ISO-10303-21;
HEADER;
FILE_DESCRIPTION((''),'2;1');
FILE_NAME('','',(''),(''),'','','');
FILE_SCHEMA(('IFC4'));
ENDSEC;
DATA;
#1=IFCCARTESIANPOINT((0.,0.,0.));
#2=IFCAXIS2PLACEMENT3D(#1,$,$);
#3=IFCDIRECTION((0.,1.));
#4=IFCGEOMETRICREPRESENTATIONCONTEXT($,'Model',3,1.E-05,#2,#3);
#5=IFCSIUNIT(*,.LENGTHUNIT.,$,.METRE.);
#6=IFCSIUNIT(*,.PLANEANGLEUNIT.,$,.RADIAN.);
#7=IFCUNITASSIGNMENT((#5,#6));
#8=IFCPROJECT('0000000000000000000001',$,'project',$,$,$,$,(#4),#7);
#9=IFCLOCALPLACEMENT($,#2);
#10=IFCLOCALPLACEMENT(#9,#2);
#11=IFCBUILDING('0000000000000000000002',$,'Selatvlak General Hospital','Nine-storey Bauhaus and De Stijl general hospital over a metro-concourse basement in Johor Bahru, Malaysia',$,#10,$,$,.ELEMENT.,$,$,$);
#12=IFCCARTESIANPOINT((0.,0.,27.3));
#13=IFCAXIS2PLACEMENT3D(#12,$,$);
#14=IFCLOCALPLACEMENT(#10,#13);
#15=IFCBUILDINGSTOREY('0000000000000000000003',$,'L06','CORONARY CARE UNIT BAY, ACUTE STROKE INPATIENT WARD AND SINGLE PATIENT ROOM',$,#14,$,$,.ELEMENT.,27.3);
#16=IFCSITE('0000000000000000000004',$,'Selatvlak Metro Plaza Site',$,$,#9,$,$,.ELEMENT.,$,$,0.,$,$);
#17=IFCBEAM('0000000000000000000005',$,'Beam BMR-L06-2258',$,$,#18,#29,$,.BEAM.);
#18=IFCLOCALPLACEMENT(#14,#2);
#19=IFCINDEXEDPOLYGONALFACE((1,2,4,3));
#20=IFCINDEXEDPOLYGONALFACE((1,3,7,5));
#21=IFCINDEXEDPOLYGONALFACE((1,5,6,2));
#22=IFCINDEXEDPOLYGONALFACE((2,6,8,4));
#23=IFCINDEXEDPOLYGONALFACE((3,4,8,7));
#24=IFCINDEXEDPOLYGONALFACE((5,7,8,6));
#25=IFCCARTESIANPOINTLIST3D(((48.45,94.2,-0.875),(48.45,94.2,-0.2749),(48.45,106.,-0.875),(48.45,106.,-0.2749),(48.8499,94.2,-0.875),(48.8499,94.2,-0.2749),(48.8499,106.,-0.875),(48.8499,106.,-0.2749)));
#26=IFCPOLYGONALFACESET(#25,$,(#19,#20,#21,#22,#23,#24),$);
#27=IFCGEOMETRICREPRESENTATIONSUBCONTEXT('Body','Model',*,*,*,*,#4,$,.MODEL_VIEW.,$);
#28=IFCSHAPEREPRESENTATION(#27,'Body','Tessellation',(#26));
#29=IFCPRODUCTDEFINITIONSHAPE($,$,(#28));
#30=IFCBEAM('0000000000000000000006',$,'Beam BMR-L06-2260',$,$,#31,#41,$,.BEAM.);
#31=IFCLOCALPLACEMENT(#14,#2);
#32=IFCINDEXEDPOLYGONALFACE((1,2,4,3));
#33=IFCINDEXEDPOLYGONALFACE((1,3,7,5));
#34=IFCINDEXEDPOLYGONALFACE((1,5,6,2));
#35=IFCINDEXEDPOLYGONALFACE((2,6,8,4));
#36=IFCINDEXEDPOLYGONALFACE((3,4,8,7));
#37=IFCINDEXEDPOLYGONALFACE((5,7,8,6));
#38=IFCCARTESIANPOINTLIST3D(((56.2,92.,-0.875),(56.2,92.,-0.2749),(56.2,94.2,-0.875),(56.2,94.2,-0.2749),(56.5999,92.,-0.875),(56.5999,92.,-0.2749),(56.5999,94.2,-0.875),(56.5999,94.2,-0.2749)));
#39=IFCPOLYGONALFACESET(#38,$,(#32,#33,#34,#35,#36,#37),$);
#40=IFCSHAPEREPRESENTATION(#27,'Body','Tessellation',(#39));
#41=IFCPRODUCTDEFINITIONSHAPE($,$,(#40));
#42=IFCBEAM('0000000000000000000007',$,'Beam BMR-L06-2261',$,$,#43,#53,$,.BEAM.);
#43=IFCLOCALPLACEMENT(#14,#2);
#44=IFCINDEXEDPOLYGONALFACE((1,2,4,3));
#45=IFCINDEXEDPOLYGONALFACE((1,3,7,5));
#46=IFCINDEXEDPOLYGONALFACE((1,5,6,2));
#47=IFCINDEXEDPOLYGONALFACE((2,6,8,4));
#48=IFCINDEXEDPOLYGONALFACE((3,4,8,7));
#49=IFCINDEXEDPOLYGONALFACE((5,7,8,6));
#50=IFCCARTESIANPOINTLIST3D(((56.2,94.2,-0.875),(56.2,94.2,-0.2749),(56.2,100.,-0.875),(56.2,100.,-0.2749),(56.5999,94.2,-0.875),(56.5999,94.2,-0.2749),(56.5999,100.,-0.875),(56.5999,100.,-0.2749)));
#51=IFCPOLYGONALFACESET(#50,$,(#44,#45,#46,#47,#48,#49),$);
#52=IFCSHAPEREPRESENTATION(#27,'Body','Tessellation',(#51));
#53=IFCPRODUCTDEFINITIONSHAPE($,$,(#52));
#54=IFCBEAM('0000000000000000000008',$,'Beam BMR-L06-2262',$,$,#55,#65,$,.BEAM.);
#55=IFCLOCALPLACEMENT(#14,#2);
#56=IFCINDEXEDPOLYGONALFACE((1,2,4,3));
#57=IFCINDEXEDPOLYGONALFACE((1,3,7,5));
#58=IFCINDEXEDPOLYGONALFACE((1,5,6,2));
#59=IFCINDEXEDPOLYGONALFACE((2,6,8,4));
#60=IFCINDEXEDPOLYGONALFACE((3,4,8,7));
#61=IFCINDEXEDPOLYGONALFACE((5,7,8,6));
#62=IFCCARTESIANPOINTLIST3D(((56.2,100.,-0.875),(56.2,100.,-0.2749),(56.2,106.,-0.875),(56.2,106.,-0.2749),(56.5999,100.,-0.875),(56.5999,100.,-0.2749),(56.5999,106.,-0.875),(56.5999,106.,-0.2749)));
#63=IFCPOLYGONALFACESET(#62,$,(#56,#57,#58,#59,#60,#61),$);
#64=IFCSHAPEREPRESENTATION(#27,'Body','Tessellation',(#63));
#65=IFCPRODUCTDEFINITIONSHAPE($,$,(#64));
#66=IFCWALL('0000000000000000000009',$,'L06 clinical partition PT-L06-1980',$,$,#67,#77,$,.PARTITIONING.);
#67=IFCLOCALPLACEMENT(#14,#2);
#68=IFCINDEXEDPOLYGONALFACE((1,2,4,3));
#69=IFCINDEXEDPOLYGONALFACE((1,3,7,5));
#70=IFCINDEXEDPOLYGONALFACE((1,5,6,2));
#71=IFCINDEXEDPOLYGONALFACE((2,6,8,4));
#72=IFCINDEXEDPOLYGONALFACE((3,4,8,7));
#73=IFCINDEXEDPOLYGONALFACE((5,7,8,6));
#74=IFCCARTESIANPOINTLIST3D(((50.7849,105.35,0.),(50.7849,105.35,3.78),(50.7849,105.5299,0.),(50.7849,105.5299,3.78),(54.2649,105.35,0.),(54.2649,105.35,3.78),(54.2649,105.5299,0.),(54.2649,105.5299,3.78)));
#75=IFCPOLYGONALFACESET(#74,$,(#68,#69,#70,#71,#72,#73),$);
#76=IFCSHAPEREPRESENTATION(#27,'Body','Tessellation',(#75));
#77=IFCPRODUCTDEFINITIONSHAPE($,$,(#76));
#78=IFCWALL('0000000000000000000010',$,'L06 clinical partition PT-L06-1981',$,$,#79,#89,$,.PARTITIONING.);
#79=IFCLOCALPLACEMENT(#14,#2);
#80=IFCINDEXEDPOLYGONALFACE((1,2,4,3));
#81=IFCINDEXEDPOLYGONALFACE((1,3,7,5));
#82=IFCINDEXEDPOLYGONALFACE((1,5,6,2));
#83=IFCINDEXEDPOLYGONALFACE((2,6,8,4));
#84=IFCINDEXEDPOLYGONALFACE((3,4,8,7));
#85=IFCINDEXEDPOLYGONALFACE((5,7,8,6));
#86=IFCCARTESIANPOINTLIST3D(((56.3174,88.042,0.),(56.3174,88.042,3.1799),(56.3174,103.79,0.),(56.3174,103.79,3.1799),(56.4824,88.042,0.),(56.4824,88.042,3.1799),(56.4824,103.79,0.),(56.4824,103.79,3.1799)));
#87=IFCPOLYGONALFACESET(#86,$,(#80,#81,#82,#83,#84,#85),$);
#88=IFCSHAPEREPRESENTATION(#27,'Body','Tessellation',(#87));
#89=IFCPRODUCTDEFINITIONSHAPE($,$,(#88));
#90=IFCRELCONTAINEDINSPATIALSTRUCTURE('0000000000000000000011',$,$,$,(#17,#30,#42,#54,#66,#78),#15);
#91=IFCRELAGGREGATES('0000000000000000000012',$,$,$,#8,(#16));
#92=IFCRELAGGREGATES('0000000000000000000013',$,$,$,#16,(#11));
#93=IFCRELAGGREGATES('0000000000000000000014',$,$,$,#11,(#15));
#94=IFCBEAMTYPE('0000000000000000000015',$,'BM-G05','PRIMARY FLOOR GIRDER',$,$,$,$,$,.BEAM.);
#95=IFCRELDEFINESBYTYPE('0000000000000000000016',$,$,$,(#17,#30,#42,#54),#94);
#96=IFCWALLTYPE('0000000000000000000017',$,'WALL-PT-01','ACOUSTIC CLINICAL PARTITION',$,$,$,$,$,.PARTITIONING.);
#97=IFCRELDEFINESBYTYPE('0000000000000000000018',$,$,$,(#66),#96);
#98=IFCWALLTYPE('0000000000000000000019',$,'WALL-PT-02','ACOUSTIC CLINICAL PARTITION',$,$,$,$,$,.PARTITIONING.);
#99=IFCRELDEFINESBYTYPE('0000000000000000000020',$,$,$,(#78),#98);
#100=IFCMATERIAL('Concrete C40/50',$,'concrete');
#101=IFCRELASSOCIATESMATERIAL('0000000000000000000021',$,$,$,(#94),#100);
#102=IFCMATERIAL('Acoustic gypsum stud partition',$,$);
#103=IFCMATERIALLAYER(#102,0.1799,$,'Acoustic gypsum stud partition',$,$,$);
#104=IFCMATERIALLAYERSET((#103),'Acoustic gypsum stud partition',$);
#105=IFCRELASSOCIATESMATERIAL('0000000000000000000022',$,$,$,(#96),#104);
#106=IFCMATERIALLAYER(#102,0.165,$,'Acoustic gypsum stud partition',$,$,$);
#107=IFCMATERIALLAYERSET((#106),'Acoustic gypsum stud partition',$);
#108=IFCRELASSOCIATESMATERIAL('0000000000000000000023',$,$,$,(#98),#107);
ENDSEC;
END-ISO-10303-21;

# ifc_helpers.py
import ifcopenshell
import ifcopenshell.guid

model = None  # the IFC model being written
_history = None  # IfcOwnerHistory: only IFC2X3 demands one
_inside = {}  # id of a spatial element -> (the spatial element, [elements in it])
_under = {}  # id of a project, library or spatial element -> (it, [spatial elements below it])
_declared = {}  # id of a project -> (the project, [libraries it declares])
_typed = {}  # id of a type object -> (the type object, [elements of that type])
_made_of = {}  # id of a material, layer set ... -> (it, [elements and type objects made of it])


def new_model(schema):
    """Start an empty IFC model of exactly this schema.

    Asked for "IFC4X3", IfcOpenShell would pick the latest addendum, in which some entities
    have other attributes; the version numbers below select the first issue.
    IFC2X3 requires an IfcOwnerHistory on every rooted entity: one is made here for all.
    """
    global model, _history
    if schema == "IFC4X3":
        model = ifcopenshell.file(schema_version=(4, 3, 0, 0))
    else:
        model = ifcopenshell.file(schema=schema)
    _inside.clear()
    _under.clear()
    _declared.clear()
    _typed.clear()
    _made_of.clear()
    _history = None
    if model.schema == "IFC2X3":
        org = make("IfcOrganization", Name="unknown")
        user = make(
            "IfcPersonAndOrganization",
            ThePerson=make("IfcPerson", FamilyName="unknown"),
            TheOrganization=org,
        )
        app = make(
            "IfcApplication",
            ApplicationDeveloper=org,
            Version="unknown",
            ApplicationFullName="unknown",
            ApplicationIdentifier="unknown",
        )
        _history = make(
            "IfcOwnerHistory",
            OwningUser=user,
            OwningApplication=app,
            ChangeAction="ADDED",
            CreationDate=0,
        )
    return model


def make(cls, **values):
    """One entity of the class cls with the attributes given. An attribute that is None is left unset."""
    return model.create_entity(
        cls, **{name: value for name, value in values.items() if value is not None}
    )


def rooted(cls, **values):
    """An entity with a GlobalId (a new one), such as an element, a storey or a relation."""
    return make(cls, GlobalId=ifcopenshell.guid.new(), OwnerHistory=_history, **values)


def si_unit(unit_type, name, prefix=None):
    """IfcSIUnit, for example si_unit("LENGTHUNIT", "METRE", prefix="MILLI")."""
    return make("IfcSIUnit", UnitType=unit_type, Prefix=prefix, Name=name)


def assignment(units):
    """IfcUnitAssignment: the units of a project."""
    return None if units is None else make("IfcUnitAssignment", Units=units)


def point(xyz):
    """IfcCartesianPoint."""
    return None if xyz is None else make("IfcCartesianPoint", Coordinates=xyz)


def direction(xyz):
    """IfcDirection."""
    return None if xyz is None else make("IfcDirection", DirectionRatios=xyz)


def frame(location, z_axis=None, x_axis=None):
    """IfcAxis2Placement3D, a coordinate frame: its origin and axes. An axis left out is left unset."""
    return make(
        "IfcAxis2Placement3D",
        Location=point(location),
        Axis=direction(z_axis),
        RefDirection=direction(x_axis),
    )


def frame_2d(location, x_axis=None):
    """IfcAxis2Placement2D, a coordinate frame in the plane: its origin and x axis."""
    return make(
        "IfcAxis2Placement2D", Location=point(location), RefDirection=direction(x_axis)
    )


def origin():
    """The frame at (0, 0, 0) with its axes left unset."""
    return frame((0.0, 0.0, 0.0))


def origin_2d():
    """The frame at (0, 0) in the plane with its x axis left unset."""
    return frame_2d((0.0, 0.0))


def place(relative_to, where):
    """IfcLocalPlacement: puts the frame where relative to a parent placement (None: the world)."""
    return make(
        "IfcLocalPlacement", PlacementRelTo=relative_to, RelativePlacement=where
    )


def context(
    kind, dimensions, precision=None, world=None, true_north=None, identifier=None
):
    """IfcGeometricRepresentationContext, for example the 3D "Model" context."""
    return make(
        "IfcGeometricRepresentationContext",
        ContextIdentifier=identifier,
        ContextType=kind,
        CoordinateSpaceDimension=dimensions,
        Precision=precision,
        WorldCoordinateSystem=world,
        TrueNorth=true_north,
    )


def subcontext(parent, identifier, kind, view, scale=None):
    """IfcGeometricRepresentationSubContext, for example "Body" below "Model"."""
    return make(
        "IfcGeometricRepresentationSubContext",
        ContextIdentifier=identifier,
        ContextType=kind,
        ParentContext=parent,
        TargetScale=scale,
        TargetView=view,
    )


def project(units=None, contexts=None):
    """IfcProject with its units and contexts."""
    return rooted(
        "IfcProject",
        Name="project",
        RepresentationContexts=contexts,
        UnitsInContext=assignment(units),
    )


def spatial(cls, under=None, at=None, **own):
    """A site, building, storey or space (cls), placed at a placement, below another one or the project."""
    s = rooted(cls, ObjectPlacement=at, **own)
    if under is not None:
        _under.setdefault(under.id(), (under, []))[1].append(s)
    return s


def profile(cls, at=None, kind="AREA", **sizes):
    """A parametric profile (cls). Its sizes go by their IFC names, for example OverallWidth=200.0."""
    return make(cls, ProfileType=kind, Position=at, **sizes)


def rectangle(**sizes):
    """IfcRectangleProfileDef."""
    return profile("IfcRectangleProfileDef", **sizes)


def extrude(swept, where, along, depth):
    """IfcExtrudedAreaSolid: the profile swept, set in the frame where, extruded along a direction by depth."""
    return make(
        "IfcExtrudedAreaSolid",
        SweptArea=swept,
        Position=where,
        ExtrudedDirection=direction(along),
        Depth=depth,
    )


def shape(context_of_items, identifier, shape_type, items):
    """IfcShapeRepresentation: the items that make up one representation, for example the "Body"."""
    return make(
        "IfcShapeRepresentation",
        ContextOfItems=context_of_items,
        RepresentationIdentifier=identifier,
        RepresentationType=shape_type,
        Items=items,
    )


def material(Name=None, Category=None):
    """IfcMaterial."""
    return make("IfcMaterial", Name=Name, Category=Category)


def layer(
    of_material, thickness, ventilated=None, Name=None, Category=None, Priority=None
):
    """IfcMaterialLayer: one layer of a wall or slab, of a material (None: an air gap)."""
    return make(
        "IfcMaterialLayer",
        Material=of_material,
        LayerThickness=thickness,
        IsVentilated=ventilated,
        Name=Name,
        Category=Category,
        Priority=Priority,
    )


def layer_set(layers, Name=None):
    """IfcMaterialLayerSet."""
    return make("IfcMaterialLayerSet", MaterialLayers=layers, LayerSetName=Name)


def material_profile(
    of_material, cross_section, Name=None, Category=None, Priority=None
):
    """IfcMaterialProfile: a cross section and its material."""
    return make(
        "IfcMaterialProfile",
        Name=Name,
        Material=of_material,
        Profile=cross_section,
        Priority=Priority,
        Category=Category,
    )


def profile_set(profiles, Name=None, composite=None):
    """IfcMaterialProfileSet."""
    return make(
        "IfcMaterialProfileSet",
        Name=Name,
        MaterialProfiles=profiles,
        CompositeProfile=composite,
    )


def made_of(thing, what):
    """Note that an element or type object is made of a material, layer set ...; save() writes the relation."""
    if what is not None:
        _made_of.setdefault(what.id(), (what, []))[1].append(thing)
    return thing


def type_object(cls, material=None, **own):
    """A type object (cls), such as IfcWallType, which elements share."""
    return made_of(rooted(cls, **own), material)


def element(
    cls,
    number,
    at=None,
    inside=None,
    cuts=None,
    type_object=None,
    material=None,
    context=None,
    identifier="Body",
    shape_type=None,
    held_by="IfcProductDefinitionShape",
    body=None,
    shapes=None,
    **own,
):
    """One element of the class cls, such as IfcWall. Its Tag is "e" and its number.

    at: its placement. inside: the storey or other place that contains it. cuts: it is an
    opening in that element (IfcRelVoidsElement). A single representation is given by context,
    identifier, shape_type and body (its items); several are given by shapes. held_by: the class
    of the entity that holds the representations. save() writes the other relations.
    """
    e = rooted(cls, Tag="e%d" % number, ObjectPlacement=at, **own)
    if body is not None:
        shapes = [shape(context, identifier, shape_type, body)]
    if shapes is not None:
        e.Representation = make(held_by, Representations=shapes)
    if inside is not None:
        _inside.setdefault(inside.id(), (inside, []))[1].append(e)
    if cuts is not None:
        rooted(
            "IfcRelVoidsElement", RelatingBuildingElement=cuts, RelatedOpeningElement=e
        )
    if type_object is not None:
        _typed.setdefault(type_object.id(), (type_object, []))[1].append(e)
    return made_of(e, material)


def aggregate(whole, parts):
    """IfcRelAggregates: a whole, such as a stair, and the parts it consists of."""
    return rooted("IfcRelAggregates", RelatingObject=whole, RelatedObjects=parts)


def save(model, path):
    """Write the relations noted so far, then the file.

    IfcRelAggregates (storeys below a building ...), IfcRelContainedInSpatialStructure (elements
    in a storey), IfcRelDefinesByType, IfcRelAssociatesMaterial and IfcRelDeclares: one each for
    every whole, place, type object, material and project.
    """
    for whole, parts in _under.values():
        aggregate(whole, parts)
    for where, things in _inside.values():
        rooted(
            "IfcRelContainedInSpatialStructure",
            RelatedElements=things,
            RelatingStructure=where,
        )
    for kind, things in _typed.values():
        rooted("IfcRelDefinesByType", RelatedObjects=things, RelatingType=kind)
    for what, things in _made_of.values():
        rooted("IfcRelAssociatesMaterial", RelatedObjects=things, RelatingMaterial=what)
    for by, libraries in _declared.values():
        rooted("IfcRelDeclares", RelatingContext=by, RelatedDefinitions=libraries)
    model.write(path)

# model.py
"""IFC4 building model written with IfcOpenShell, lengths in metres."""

from ifc_helpers import new_model, si_unit, direction, frame, frame_2d, origin, origin_2d, place, context, subcontext, project, spatial, rectangle, extrude, material, layer, layer_set, material_profile, profile_set, type_object, element, save


model = new_model("IFC4")

# Units and contexts
model_context = context("Model", 3, precision=1e-05, world=origin(), true_north=direction((0.0, 1.0)))
body_context = subcontext(model_context, "Body", "Model", "MODEL_VIEW")
ifc_project = project(units=[si_unit("LENGTHUNIT", "METRE"), si_unit("PLANEANGLEUNIT", "RADIAN")], contexts=[model_context])

# Site, building, storey
site_placement = place(None, origin())
site = spatial("IfcSite", under=ifc_project, at=site_placement, Name="Selatvlak Metro Plaza Site", CompositionType="ELEMENT", RefElevation=0.0)
building_placement = place(site_placement, origin())
building = spatial("IfcBuilding", under=site, at=building_placement, Name="Selatvlak General Hospital", Description="Nine-storey Bauhaus and De Stijl general hospital over a metro-concourse basement in Johor Bahru, Malaysia", CompositionType="ELEMENT")
storey_placement = place(building_placement, frame((0.0, 0.0, 27.3)))
storey = spatial("IfcBuildingStorey", under=building, at=storey_placement, Name="L06", Description="CORONARY CARE UNIT BAY, ACUTE STROKE INPATIENT WARD AND SINGLE PATIENT ROOM", CompositionType="ELEMENT", Elevation=27.3)

# Shared definitions
ifc_material_1 = material(Name="Concrete C40/50", Category="concrete")

# Beams
ifc_material_profile_1 = material_profile(ifc_material_1, rectangle(XDim=0.3999, YDim=0.6001, at=origin_2d()), Name="RC-BM 400x600")
ifc_profile_set_1 = profile_set([ifc_material_profile_1], Name="Concrete C40/50")
beam_type_1 = type_object("IfcBeamType", Name="BM-G05", Description="PRIMARY FLOOR GIRDER", PredefinedType="BEAM", material=ifc_profile_set_1)
beam_1_placement = place(storey_placement, frame((48.6499, 94.2, -0.575), z_axis=(0.0, 1.0, 0.0), x_axis=(-1.0, 0.0, 0.0)))
element("IfcBeam", 1, at=beam_1_placement, inside=storey, type_object=beam_type_1, Name="Beam BMR-L06-2258", PredefinedType="BEAM", context=body_context, shape_type="SweptSolid", body=[
    extrude(rectangle(XDim=0.3999, YDim=0.6001, at=origin_2d()), origin(), (0.0, 0.0, 1.0), 11.8),
])
beam_2_placement = place(storey_placement, frame((56.3999, 92.0, -0.575), z_axis=(0.0, 1.0, 0.0), x_axis=(-1.0, 0.0, 0.0)))
element("IfcBeam", 2, at=beam_2_placement, inside=storey, type_object=beam_type_1, Name="Beam BMR-L06-2260", PredefinedType="BEAM", context=body_context, shape_type="SweptSolid", body=[
    extrude(rectangle(XDim=0.3999, YDim=0.6001, at=origin_2d()), origin(), (0.0, 0.0, 1.0), 2.2),
])
beam_3_placement = place(storey_placement, frame((56.3999, 94.2, -0.575), z_axis=(0.0, 1.0, 0.0), x_axis=(-1.0, 0.0, 0.0)))
element("IfcBeam", 3, at=beam_3_placement, inside=storey, type_object=beam_type_1, Name="Beam BMR-L06-2261", PredefinedType="BEAM", context=body_context, shape_type="SweptSolid", body=[
    extrude(rectangle(XDim=0.3999, YDim=0.6001, at=origin_2d()), origin(), (0.0, 0.0, 1.0), 5.8),
])
beam_4_placement = place(storey_placement, frame((56.3999, 100.0, -0.575), z_axis=(0.0, 1.0, 0.0), x_axis=(-1.0, 0.0, 0.0)))
element("IfcBeam", 4, at=beam_4_placement, inside=storey, type_object=beam_type_1, Name="Beam BMR-L06-2262", PredefinedType="BEAM", context=body_context, shape_type="SweptSolid", body=[
    extrude(rectangle(XDim=0.3999, YDim=0.6001, at=origin_2d()), origin(), (0.0, 0.0, 1.0), 6.0),
])

# Walls
ifc_material_2 = material(Name="Acoustic gypsum stud partition")
ifc_layer_1 = layer(ifc_material_2, 0.1799, Name="Acoustic gypsum stud partition")
ifc_layer_set_1 = layer_set([ifc_layer_1], Name="Acoustic gypsum stud partition")
wall_type_1 = type_object("IfcWallType", Name="WALL-PT-01", Description="ACOUSTIC CLINICAL PARTITION", PredefinedType="PARTITIONING", material=ifc_layer_set_1)
wall_1_placement = place(storey_placement, frame((50.7849, 105.4399, 0.0), z_axis=(0.0, 0.0, 1.0), x_axis=(1.0, 0.0, 0.0)))
element("IfcWall", 5, at=wall_1_placement, inside=storey, type_object=wall_type_1, Name="L06 clinical partition PT-L06-1980", PredefinedType="PARTITIONING", context=body_context, shape_type="SweptSolid", body=[
    extrude(rectangle(XDim=3.48, YDim=0.1799, at=frame_2d((1.74, 0.0))), origin(), (0.0, 0.0, 1.0), 3.78),
])
ifc_layer_2 = layer(ifc_material_2, 0.165, Name="Acoustic gypsum stud partition")
ifc_layer_set_2 = layer_set([ifc_layer_2], Name="Acoustic gypsum stud partition")
wall_type_2 = type_object("IfcWallType", Name="WALL-PT-02", Description="ACOUSTIC CLINICAL PARTITION", PredefinedType="PARTITIONING", material=ifc_layer_set_2)
wall_2_placement = place(storey_placement, frame((56.3999, 103.79, 0.0), z_axis=(0.0, 0.0, 1.0), x_axis=(0.0, -1.0, 0.0)))
element("IfcWall", 6, at=wall_2_placement, inside=storey, type_object=wall_type_2, Name="L06 clinical partition PT-L06-1981", PredefinedType="PARTITIONING", context=body_context, shape_type="SweptSolid", body=[
    extrude(rectangle(XDim=15.748, YDim=0.165, at=frame_2d((7.874, 0.0))), origin(), (0.0, 0.0, 1.0), 3.1799),
])

save(model, "model.ifc")
